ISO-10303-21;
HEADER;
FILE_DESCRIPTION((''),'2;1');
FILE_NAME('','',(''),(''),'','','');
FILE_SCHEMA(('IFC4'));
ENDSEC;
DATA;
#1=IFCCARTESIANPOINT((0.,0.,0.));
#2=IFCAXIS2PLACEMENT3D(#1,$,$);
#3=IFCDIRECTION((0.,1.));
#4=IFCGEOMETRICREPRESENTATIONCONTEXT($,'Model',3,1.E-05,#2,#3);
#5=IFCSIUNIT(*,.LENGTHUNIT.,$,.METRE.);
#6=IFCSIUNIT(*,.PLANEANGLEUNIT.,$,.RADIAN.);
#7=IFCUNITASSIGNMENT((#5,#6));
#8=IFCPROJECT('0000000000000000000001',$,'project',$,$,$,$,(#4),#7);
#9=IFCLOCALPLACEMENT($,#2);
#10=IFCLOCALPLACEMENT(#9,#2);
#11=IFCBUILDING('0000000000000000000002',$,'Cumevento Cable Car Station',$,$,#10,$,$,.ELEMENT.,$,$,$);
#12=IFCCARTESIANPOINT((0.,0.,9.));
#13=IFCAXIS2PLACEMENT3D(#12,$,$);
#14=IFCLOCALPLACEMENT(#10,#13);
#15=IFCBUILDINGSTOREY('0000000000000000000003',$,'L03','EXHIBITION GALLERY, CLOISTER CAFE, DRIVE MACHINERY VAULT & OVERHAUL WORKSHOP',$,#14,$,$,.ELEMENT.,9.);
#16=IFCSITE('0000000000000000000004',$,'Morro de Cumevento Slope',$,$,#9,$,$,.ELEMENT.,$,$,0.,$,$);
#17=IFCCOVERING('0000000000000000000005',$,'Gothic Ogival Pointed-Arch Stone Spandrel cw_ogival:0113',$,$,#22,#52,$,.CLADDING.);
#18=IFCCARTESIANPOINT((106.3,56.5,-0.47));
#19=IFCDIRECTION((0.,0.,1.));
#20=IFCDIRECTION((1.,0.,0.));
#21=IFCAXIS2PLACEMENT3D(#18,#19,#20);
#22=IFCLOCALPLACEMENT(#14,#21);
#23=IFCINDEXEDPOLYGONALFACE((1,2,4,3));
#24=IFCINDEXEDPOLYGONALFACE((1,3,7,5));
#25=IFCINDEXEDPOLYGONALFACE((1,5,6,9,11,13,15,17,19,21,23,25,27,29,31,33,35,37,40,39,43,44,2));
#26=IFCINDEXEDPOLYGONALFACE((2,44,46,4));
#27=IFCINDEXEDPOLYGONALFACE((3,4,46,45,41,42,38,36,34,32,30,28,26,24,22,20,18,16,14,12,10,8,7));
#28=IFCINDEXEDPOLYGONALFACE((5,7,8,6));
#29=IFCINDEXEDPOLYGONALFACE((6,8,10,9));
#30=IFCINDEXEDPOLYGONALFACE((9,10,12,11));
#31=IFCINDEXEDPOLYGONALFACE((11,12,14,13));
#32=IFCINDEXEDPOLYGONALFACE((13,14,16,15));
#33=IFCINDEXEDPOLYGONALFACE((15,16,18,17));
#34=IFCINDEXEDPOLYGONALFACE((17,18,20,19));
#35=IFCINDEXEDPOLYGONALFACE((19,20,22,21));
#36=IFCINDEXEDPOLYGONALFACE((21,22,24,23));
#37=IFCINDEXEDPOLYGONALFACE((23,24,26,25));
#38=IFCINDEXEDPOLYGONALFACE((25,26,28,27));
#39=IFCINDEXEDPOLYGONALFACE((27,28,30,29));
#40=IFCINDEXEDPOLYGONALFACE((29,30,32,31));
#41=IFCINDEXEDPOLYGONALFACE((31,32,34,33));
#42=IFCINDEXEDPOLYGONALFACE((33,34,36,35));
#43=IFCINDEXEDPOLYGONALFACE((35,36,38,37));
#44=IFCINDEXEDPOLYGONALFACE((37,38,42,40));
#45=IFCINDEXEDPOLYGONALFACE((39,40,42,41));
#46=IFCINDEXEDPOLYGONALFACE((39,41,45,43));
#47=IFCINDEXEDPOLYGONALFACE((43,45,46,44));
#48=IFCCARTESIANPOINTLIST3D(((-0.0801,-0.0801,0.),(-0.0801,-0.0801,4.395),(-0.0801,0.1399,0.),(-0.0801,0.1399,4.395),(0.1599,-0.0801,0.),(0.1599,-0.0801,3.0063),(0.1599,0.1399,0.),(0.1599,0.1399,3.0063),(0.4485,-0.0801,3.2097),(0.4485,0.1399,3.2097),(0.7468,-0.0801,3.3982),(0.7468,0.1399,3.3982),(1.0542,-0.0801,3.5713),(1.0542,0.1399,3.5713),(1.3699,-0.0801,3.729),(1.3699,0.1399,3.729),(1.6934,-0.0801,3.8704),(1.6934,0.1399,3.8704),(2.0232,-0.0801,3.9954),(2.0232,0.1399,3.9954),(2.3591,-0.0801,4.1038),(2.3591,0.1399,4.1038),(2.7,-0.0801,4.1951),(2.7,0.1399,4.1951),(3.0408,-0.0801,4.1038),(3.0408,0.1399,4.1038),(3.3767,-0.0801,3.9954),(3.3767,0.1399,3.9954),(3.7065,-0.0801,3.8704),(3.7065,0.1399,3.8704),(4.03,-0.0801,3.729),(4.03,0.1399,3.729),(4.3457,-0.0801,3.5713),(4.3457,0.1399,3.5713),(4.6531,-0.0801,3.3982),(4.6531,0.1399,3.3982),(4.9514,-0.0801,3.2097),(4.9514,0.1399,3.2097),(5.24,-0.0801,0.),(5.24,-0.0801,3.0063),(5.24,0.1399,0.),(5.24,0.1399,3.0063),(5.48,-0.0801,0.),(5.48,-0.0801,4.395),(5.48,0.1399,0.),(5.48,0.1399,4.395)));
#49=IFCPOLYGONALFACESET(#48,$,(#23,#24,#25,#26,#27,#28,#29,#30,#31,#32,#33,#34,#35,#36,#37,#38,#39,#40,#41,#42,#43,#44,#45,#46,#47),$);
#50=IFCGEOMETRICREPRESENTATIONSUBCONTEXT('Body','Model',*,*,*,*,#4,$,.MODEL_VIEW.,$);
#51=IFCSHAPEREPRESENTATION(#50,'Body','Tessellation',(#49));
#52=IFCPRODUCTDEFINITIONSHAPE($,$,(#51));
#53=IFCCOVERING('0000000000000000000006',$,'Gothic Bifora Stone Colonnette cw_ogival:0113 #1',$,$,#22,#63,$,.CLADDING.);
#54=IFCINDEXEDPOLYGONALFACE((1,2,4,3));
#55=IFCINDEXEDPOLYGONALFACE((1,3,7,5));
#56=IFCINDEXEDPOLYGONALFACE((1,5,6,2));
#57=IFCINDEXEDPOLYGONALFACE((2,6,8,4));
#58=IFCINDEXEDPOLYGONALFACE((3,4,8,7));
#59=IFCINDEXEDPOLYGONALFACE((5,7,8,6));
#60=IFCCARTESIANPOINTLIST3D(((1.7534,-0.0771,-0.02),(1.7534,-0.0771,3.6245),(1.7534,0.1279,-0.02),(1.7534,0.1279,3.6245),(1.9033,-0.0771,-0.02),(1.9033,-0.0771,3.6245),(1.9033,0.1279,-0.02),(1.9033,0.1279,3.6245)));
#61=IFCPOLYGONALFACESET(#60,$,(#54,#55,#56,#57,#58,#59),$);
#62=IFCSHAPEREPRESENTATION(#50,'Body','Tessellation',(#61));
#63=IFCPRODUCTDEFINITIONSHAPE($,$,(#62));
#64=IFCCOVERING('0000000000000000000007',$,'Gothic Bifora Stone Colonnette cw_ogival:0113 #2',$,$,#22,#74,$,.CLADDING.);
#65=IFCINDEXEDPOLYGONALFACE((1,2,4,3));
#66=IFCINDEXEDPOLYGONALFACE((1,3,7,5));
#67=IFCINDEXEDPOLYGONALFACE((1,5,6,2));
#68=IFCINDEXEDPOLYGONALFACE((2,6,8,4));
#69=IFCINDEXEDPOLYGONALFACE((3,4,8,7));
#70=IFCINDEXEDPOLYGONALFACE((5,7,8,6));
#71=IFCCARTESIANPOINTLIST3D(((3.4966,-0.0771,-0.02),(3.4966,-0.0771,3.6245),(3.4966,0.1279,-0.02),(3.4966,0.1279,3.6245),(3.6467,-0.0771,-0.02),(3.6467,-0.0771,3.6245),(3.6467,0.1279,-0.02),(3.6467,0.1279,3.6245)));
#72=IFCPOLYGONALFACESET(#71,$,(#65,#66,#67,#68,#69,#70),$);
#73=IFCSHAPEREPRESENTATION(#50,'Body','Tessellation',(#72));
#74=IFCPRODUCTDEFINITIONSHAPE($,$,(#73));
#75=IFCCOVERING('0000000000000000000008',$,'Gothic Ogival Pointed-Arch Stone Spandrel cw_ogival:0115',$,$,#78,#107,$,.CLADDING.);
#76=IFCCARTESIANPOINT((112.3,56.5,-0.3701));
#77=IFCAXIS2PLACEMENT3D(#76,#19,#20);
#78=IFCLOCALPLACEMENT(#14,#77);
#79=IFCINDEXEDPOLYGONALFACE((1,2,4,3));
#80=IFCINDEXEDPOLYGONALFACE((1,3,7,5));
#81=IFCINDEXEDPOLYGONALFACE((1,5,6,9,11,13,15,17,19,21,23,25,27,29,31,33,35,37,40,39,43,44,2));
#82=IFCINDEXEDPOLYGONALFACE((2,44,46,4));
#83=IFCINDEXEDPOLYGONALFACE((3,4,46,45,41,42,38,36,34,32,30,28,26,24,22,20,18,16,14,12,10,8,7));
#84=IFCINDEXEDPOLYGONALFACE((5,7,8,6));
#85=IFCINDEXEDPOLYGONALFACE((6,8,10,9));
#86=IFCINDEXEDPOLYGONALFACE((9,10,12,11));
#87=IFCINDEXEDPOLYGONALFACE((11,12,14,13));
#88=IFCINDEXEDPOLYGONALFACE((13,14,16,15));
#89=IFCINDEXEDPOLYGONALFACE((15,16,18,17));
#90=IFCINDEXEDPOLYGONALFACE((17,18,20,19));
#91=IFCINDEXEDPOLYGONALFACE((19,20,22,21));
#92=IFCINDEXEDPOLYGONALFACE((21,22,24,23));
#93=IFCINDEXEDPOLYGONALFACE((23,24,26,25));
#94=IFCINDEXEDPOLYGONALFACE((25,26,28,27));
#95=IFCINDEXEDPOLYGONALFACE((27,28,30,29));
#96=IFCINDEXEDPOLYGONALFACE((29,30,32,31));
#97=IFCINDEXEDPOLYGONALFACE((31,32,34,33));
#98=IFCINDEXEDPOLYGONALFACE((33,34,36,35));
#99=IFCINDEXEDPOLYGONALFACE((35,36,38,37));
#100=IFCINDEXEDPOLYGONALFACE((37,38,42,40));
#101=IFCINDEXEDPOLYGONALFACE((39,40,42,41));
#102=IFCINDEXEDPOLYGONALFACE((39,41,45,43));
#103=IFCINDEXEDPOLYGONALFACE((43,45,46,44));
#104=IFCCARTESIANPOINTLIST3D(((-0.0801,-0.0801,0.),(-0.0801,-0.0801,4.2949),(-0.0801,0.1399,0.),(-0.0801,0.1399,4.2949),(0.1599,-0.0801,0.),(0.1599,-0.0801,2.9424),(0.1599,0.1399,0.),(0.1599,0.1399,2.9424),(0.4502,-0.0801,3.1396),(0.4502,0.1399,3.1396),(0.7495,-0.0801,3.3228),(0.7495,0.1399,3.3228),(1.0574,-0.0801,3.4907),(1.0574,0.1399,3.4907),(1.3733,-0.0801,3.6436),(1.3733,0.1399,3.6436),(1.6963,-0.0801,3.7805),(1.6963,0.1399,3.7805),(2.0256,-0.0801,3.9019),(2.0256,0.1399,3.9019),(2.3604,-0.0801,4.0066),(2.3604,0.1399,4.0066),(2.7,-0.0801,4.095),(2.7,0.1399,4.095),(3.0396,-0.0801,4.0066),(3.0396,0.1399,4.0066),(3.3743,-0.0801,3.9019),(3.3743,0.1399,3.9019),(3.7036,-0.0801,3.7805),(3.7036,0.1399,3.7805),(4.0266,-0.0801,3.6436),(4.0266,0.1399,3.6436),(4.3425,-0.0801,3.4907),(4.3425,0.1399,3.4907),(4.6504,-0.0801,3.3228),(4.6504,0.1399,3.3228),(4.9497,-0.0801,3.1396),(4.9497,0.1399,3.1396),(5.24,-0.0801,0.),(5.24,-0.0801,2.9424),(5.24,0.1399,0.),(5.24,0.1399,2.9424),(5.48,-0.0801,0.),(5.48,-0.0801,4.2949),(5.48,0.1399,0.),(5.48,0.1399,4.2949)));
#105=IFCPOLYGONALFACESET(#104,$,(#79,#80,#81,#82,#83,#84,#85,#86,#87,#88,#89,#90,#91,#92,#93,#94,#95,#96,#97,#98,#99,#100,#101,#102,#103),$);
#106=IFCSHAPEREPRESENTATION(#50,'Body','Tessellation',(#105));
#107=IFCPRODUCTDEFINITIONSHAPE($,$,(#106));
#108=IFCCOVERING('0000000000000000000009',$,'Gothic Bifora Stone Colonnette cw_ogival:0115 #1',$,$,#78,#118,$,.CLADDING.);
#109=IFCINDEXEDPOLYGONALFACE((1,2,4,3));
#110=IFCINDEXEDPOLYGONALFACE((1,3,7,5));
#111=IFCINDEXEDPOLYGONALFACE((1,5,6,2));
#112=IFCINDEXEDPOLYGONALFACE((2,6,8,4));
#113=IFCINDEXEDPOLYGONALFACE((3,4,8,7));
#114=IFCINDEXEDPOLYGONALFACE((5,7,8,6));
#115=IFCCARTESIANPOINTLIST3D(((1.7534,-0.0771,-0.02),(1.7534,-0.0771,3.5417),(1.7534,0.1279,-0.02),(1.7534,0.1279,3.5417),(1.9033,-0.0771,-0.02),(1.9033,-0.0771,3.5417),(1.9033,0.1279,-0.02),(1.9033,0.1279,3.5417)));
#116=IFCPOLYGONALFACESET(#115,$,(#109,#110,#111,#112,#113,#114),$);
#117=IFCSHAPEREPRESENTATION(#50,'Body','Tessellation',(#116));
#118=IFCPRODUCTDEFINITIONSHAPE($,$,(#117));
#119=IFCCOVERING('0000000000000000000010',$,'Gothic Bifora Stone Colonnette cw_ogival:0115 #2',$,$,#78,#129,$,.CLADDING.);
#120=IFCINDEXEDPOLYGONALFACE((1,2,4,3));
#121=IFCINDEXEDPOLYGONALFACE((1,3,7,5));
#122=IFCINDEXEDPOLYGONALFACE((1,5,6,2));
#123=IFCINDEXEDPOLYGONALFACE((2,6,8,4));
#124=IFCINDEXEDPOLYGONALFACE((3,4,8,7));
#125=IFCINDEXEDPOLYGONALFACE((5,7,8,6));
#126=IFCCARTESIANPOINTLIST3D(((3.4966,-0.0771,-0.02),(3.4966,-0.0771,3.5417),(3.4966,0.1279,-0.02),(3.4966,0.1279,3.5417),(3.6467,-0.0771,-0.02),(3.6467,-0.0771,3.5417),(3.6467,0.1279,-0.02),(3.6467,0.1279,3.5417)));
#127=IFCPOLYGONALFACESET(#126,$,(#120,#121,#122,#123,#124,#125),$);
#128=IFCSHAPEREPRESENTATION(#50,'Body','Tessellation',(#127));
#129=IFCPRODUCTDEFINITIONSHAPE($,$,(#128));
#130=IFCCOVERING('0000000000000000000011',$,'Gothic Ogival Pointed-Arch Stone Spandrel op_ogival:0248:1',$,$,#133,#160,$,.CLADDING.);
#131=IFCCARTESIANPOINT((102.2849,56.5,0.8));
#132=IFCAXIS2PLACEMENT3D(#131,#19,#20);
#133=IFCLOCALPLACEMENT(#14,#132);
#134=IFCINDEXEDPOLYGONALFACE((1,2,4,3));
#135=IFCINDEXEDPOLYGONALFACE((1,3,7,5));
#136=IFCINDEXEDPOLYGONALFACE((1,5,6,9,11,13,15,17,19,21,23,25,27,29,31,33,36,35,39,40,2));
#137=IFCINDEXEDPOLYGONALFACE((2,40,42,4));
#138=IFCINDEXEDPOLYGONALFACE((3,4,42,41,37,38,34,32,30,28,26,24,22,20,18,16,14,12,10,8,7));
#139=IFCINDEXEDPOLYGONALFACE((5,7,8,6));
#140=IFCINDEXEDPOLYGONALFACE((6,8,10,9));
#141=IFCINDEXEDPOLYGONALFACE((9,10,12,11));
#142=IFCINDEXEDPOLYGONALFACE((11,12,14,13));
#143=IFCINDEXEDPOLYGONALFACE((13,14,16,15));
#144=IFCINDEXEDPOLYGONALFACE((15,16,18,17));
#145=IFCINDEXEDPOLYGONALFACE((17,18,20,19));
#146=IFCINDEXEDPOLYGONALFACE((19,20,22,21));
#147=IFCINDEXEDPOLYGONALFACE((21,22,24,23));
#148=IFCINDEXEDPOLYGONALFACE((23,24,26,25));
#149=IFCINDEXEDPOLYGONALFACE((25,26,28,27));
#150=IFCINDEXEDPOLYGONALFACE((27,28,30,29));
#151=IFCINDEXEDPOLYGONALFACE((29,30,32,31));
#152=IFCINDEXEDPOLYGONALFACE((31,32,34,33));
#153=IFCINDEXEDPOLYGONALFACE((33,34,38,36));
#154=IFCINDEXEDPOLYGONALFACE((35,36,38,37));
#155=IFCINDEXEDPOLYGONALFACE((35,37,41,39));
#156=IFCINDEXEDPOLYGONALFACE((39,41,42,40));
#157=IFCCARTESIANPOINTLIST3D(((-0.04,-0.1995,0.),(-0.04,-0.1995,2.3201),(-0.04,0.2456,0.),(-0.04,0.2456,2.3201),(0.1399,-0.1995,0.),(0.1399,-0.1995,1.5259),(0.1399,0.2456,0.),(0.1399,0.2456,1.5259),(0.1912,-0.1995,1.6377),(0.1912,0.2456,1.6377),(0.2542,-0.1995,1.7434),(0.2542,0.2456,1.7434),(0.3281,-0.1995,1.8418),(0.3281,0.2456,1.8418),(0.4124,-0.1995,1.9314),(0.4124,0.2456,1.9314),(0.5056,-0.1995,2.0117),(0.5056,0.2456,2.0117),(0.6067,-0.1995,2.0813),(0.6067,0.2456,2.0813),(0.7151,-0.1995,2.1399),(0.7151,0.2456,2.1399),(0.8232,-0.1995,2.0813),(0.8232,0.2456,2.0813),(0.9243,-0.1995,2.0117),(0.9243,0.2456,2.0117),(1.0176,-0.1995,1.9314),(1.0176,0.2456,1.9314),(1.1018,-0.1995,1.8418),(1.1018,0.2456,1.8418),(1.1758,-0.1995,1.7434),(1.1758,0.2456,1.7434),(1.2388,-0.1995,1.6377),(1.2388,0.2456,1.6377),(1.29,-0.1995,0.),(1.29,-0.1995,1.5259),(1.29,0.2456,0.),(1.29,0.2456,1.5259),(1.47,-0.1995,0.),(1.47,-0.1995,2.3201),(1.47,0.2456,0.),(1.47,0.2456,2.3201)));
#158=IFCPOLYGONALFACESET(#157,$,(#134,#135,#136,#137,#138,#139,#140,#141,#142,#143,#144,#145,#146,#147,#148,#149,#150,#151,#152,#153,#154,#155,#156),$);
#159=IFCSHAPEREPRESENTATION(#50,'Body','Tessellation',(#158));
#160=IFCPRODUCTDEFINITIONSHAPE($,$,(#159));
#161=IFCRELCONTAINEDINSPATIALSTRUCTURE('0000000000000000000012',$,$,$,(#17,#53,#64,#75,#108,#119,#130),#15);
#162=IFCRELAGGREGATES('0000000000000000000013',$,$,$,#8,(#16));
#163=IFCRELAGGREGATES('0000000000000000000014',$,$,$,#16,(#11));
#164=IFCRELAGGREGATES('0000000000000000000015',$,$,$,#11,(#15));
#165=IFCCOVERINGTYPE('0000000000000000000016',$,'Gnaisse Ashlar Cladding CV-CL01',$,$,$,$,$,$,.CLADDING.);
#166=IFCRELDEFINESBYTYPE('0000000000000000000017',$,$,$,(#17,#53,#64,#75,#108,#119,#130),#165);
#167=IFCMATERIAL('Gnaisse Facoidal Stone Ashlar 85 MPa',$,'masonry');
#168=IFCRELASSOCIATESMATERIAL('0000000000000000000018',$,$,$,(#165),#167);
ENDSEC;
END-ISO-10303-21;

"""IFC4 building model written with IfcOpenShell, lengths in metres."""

from ifc_helpers import new_model, si_unit, direction, frame, origin, place, context, subcontext, project, spatial, polyline, outline, extrude, material, type_object, element, save


model = new_model("IFC4")

# Units and contexts
model_context = context("Model", 3, precision=1e-05, world=origin(), true_north=direction((0.0, 1.0)))
body_context = subcontext(model_context, "Body", "Model", "MODEL_VIEW")
ifc_project = project(units=[si_unit("LENGTHUNIT", "METRE"), si_unit("PLANEANGLEUNIT", "RADIAN")], contexts=[model_context])

# Site, building, storey
site_placement = place(None, origin())
site = spatial("IfcSite", under=ifc_project, at=site_placement, Name="Morro de Cumevento Slope", CompositionType="ELEMENT", RefElevation=0.0)
building_placement = place(site_placement, origin())
building = spatial("IfcBuilding", under=site, at=building_placement, Name="Cumevento Cable Car Station", CompositionType="ELEMENT")
storey_placement = place(building_placement, frame((0.0, 0.0, 9.0)))
storey = spatial("IfcBuildingStorey", under=building, at=storey_placement, Name="L03", Description="EXHIBITION GALLERY, CLOISTER CAFE, DRIVE MACHINERY VAULT & OVERHAUL WORKSHOP", CompositionType="ELEMENT", Elevation=9.0)

# Coverings
ifc_material_1 = material(Name="Gnaisse Facoidal Stone Ashlar 85 MPa", Category="masonry")
covering_type = type_object("IfcCoveringType", Name="Gnaisse Ashlar Cladding CV-CL01", PredefinedType="CLADDING", material=ifc_material_1)
placement_1 = place(storey_placement, frame((106.3, 56.5, -0.47), z_axis=(0.0, 0.0, 1.0), x_axis=(1.0, 0.0, 0.0)))
element("IfcCovering", 1, at=placement_1, inside=storey, type_object=covering_type, Name="Gothic Ogival Pointed-Arch Stone Spandrel cw_ogival:0113", PredefinedType="CLADDING", context=body_context, shape_type="SweptSolid", body=[
    extrude(outline(polyline([(-0.0801, 0.0), (-0.0801, 4.395), (5.48, 4.395), (5.48, 0.0), (5.24, 0.0), (5.24, 3.0063), (4.9514, 3.2097), (4.6531, 3.3982), (4.3457, 3.5713), (4.03, 3.729), (3.7065, 3.8704), (3.3767, 3.9954), (3.0408, 4.1038), (2.7, 4.1951), (2.3591, 4.1038), (2.0232, 3.9954), (1.6934, 3.8704), (1.3699, 3.729), (1.0542, 3.5713), (0.7468, 3.3982), (0.4485, 3.2097), (0.1599, 3.0063), (0.1599, 0.0), (-0.0801, 0.0)])), frame((0.0, 0.1399, 0.0), z_axis=(0.0, -1.0, 0.0), x_axis=(1.0, 0.0, 0.0)), (0.0, 0.0, 1.0), 0.22),
])
element("IfcCovering", 2, at=placement_1, inside=storey, type_object=covering_type, Name="Gothic Bifora Stone Colonnette cw_ogival:0113 #1", PredefinedType="CLADDING", context=body_context, shape_type="SweptSolid", body=[
    extrude(outline(polyline([(1.7534, -0.02), (1.9033, -0.02), (1.9033, 3.6245), (1.7534, 3.6245), (1.7534, -0.02)])), frame((0.0, 0.1279, 0.0), z_axis=(0.0, -1.0, 0.0), x_axis=(1.0, 0.0, 0.0)), (0.0, 0.0, 1.0), 0.2051),
])
element("IfcCovering", 3, at=placement_1, inside=storey, type_object=covering_type, Name="Gothic Bifora Stone Colonnette cw_ogival:0113 #2", PredefinedType="CLADDING", context=body_context, shape_type="SweptSolid", body=[
    extrude(outline(polyline([(3.4966, -0.02), (3.6467, -0.02), (3.6467, 3.6245), (3.4966, 3.6245), (3.4966, -0.02)])), frame((0.0, 0.1279, 0.0), z_axis=(0.0, -1.0, 0.0), x_axis=(1.0, 0.0, 0.0)), (0.0, 0.0, 1.0), 0.2051),
])
placement_2 = place(storey_placement, frame((112.3, 56.5, -0.3701), z_axis=(0.0, 0.0, 1.0), x_axis=(1.0, 0.0, 0.0)))
element("IfcCovering", 4, at=placement_2, inside=storey, type_object=covering_type, Name="Gothic Ogival Pointed-Arch Stone Spandrel cw_ogival:0115", PredefinedType="CLADDING", context=body_context, shape_type="SweptSolid", body=[
    extrude(outline(polyline([(-0.0801, 0.0), (-0.0801, 4.2949), (5.48, 4.2949), (5.48, 0.0), (5.24, 0.0), (5.24, 2.9424), (4.9497, 3.1396), (4.6504, 3.3228), (4.3425, 3.4907), (4.0266, 3.6436), (3.7036, 3.7805), (3.3743, 3.9019), (3.0396, 4.0066), (2.7, 4.095), (2.3604, 4.0066), (2.0256, 3.9019), (1.6963, 3.7805), (1.3733, 3.6436), (1.0574, 3.4907), (0.7495, 3.3228), (0.4502, 3.1396), (0.1599, 2.9424), (0.1599, 0.0), (-0.0801, 0.0)])), frame((0.0, 0.1399, 0.0), z_axis=(0.0, -1.0, 0.0), x_axis=(1.0, 0.0, 0.0)), (0.0, 0.0, 1.0), 0.22),
])
element("IfcCovering", 5, at=placement_2, inside=storey, type_object=covering_type, Name="Gothic Bifora Stone Colonnette cw_ogival:0115 #1", PredefinedType="CLADDING", context=body_context, shape_type="SweptSolid", body=[
    extrude(outline(polyline([(1.7534, -0.02), (1.9033, -0.02), (1.9033, 3.5417), (1.7534, 3.5417), (1.7534, -0.02)])), frame((0.0, 0.1279, 0.0), z_axis=(0.0, -1.0, 0.0), x_axis=(1.0, 0.0, 0.0)), (0.0, 0.0, 1.0), 0.2051),
])
element("IfcCovering", 6, at=placement_2, inside=storey, type_object=covering_type, Name="Gothic Bifora Stone Colonnette cw_ogival:0115 #2", PredefinedType="CLADDING", context=body_context, shape_type="SweptSolid", body=[
    extrude(outline(polyline([(3.4966, -0.02), (3.6467, -0.02), (3.6467, 3.5417), (3.4966, 3.5417), (3.4966, -0.02)])), frame((0.0, 0.1279, 0.0), z_axis=(0.0, -1.0, 0.0), x_axis=(1.0, 0.0, 0.0)), (0.0, 0.0, 1.0), 0.2051),
])
covering_1_placement = place(storey_placement, frame((102.2849, 56.5, 0.8), z_axis=(0.0, 0.0, 1.0), x_axis=(1.0, 0.0, 0.0)))
element("IfcCovering", 7, at=covering_1_placement, inside=storey, type_object=covering_type, Name="Gothic Ogival Pointed-Arch Stone Spandrel op_ogival:0248:1", PredefinedType="CLADDING", context=body_context, shape_type="SweptSolid", body=[
    extrude(outline(polyline([(-0.04, 0.0), (-0.04, 2.3201), (1.47, 2.3201), (1.47, 0.0), (1.29, 0.0), (1.29, 1.5259), (1.2388, 1.6377), (1.1758, 1.7434), (1.1018, 1.8418), (1.0176, 1.9314), (0.9243, 2.0117), (0.8232, 2.0813), (0.7151, 2.1399), (0.6067, 2.0813), (0.5056, 2.0117), (0.4124, 1.9314), (0.3281, 1.8418), (0.2542, 1.7434), (0.1912, 1.6377), (0.1399, 1.5259), (0.1399, 0.0), (-0.04, 0.0)])), frame((0.0, 0.2456, 0.0), z_axis=(0.0, -1.0, 0.0), x_axis=(1.0, 0.0, 0.0)), (0.0, 0.0, 1.0), 0.4451),
])

save(model, "model.ifc")
